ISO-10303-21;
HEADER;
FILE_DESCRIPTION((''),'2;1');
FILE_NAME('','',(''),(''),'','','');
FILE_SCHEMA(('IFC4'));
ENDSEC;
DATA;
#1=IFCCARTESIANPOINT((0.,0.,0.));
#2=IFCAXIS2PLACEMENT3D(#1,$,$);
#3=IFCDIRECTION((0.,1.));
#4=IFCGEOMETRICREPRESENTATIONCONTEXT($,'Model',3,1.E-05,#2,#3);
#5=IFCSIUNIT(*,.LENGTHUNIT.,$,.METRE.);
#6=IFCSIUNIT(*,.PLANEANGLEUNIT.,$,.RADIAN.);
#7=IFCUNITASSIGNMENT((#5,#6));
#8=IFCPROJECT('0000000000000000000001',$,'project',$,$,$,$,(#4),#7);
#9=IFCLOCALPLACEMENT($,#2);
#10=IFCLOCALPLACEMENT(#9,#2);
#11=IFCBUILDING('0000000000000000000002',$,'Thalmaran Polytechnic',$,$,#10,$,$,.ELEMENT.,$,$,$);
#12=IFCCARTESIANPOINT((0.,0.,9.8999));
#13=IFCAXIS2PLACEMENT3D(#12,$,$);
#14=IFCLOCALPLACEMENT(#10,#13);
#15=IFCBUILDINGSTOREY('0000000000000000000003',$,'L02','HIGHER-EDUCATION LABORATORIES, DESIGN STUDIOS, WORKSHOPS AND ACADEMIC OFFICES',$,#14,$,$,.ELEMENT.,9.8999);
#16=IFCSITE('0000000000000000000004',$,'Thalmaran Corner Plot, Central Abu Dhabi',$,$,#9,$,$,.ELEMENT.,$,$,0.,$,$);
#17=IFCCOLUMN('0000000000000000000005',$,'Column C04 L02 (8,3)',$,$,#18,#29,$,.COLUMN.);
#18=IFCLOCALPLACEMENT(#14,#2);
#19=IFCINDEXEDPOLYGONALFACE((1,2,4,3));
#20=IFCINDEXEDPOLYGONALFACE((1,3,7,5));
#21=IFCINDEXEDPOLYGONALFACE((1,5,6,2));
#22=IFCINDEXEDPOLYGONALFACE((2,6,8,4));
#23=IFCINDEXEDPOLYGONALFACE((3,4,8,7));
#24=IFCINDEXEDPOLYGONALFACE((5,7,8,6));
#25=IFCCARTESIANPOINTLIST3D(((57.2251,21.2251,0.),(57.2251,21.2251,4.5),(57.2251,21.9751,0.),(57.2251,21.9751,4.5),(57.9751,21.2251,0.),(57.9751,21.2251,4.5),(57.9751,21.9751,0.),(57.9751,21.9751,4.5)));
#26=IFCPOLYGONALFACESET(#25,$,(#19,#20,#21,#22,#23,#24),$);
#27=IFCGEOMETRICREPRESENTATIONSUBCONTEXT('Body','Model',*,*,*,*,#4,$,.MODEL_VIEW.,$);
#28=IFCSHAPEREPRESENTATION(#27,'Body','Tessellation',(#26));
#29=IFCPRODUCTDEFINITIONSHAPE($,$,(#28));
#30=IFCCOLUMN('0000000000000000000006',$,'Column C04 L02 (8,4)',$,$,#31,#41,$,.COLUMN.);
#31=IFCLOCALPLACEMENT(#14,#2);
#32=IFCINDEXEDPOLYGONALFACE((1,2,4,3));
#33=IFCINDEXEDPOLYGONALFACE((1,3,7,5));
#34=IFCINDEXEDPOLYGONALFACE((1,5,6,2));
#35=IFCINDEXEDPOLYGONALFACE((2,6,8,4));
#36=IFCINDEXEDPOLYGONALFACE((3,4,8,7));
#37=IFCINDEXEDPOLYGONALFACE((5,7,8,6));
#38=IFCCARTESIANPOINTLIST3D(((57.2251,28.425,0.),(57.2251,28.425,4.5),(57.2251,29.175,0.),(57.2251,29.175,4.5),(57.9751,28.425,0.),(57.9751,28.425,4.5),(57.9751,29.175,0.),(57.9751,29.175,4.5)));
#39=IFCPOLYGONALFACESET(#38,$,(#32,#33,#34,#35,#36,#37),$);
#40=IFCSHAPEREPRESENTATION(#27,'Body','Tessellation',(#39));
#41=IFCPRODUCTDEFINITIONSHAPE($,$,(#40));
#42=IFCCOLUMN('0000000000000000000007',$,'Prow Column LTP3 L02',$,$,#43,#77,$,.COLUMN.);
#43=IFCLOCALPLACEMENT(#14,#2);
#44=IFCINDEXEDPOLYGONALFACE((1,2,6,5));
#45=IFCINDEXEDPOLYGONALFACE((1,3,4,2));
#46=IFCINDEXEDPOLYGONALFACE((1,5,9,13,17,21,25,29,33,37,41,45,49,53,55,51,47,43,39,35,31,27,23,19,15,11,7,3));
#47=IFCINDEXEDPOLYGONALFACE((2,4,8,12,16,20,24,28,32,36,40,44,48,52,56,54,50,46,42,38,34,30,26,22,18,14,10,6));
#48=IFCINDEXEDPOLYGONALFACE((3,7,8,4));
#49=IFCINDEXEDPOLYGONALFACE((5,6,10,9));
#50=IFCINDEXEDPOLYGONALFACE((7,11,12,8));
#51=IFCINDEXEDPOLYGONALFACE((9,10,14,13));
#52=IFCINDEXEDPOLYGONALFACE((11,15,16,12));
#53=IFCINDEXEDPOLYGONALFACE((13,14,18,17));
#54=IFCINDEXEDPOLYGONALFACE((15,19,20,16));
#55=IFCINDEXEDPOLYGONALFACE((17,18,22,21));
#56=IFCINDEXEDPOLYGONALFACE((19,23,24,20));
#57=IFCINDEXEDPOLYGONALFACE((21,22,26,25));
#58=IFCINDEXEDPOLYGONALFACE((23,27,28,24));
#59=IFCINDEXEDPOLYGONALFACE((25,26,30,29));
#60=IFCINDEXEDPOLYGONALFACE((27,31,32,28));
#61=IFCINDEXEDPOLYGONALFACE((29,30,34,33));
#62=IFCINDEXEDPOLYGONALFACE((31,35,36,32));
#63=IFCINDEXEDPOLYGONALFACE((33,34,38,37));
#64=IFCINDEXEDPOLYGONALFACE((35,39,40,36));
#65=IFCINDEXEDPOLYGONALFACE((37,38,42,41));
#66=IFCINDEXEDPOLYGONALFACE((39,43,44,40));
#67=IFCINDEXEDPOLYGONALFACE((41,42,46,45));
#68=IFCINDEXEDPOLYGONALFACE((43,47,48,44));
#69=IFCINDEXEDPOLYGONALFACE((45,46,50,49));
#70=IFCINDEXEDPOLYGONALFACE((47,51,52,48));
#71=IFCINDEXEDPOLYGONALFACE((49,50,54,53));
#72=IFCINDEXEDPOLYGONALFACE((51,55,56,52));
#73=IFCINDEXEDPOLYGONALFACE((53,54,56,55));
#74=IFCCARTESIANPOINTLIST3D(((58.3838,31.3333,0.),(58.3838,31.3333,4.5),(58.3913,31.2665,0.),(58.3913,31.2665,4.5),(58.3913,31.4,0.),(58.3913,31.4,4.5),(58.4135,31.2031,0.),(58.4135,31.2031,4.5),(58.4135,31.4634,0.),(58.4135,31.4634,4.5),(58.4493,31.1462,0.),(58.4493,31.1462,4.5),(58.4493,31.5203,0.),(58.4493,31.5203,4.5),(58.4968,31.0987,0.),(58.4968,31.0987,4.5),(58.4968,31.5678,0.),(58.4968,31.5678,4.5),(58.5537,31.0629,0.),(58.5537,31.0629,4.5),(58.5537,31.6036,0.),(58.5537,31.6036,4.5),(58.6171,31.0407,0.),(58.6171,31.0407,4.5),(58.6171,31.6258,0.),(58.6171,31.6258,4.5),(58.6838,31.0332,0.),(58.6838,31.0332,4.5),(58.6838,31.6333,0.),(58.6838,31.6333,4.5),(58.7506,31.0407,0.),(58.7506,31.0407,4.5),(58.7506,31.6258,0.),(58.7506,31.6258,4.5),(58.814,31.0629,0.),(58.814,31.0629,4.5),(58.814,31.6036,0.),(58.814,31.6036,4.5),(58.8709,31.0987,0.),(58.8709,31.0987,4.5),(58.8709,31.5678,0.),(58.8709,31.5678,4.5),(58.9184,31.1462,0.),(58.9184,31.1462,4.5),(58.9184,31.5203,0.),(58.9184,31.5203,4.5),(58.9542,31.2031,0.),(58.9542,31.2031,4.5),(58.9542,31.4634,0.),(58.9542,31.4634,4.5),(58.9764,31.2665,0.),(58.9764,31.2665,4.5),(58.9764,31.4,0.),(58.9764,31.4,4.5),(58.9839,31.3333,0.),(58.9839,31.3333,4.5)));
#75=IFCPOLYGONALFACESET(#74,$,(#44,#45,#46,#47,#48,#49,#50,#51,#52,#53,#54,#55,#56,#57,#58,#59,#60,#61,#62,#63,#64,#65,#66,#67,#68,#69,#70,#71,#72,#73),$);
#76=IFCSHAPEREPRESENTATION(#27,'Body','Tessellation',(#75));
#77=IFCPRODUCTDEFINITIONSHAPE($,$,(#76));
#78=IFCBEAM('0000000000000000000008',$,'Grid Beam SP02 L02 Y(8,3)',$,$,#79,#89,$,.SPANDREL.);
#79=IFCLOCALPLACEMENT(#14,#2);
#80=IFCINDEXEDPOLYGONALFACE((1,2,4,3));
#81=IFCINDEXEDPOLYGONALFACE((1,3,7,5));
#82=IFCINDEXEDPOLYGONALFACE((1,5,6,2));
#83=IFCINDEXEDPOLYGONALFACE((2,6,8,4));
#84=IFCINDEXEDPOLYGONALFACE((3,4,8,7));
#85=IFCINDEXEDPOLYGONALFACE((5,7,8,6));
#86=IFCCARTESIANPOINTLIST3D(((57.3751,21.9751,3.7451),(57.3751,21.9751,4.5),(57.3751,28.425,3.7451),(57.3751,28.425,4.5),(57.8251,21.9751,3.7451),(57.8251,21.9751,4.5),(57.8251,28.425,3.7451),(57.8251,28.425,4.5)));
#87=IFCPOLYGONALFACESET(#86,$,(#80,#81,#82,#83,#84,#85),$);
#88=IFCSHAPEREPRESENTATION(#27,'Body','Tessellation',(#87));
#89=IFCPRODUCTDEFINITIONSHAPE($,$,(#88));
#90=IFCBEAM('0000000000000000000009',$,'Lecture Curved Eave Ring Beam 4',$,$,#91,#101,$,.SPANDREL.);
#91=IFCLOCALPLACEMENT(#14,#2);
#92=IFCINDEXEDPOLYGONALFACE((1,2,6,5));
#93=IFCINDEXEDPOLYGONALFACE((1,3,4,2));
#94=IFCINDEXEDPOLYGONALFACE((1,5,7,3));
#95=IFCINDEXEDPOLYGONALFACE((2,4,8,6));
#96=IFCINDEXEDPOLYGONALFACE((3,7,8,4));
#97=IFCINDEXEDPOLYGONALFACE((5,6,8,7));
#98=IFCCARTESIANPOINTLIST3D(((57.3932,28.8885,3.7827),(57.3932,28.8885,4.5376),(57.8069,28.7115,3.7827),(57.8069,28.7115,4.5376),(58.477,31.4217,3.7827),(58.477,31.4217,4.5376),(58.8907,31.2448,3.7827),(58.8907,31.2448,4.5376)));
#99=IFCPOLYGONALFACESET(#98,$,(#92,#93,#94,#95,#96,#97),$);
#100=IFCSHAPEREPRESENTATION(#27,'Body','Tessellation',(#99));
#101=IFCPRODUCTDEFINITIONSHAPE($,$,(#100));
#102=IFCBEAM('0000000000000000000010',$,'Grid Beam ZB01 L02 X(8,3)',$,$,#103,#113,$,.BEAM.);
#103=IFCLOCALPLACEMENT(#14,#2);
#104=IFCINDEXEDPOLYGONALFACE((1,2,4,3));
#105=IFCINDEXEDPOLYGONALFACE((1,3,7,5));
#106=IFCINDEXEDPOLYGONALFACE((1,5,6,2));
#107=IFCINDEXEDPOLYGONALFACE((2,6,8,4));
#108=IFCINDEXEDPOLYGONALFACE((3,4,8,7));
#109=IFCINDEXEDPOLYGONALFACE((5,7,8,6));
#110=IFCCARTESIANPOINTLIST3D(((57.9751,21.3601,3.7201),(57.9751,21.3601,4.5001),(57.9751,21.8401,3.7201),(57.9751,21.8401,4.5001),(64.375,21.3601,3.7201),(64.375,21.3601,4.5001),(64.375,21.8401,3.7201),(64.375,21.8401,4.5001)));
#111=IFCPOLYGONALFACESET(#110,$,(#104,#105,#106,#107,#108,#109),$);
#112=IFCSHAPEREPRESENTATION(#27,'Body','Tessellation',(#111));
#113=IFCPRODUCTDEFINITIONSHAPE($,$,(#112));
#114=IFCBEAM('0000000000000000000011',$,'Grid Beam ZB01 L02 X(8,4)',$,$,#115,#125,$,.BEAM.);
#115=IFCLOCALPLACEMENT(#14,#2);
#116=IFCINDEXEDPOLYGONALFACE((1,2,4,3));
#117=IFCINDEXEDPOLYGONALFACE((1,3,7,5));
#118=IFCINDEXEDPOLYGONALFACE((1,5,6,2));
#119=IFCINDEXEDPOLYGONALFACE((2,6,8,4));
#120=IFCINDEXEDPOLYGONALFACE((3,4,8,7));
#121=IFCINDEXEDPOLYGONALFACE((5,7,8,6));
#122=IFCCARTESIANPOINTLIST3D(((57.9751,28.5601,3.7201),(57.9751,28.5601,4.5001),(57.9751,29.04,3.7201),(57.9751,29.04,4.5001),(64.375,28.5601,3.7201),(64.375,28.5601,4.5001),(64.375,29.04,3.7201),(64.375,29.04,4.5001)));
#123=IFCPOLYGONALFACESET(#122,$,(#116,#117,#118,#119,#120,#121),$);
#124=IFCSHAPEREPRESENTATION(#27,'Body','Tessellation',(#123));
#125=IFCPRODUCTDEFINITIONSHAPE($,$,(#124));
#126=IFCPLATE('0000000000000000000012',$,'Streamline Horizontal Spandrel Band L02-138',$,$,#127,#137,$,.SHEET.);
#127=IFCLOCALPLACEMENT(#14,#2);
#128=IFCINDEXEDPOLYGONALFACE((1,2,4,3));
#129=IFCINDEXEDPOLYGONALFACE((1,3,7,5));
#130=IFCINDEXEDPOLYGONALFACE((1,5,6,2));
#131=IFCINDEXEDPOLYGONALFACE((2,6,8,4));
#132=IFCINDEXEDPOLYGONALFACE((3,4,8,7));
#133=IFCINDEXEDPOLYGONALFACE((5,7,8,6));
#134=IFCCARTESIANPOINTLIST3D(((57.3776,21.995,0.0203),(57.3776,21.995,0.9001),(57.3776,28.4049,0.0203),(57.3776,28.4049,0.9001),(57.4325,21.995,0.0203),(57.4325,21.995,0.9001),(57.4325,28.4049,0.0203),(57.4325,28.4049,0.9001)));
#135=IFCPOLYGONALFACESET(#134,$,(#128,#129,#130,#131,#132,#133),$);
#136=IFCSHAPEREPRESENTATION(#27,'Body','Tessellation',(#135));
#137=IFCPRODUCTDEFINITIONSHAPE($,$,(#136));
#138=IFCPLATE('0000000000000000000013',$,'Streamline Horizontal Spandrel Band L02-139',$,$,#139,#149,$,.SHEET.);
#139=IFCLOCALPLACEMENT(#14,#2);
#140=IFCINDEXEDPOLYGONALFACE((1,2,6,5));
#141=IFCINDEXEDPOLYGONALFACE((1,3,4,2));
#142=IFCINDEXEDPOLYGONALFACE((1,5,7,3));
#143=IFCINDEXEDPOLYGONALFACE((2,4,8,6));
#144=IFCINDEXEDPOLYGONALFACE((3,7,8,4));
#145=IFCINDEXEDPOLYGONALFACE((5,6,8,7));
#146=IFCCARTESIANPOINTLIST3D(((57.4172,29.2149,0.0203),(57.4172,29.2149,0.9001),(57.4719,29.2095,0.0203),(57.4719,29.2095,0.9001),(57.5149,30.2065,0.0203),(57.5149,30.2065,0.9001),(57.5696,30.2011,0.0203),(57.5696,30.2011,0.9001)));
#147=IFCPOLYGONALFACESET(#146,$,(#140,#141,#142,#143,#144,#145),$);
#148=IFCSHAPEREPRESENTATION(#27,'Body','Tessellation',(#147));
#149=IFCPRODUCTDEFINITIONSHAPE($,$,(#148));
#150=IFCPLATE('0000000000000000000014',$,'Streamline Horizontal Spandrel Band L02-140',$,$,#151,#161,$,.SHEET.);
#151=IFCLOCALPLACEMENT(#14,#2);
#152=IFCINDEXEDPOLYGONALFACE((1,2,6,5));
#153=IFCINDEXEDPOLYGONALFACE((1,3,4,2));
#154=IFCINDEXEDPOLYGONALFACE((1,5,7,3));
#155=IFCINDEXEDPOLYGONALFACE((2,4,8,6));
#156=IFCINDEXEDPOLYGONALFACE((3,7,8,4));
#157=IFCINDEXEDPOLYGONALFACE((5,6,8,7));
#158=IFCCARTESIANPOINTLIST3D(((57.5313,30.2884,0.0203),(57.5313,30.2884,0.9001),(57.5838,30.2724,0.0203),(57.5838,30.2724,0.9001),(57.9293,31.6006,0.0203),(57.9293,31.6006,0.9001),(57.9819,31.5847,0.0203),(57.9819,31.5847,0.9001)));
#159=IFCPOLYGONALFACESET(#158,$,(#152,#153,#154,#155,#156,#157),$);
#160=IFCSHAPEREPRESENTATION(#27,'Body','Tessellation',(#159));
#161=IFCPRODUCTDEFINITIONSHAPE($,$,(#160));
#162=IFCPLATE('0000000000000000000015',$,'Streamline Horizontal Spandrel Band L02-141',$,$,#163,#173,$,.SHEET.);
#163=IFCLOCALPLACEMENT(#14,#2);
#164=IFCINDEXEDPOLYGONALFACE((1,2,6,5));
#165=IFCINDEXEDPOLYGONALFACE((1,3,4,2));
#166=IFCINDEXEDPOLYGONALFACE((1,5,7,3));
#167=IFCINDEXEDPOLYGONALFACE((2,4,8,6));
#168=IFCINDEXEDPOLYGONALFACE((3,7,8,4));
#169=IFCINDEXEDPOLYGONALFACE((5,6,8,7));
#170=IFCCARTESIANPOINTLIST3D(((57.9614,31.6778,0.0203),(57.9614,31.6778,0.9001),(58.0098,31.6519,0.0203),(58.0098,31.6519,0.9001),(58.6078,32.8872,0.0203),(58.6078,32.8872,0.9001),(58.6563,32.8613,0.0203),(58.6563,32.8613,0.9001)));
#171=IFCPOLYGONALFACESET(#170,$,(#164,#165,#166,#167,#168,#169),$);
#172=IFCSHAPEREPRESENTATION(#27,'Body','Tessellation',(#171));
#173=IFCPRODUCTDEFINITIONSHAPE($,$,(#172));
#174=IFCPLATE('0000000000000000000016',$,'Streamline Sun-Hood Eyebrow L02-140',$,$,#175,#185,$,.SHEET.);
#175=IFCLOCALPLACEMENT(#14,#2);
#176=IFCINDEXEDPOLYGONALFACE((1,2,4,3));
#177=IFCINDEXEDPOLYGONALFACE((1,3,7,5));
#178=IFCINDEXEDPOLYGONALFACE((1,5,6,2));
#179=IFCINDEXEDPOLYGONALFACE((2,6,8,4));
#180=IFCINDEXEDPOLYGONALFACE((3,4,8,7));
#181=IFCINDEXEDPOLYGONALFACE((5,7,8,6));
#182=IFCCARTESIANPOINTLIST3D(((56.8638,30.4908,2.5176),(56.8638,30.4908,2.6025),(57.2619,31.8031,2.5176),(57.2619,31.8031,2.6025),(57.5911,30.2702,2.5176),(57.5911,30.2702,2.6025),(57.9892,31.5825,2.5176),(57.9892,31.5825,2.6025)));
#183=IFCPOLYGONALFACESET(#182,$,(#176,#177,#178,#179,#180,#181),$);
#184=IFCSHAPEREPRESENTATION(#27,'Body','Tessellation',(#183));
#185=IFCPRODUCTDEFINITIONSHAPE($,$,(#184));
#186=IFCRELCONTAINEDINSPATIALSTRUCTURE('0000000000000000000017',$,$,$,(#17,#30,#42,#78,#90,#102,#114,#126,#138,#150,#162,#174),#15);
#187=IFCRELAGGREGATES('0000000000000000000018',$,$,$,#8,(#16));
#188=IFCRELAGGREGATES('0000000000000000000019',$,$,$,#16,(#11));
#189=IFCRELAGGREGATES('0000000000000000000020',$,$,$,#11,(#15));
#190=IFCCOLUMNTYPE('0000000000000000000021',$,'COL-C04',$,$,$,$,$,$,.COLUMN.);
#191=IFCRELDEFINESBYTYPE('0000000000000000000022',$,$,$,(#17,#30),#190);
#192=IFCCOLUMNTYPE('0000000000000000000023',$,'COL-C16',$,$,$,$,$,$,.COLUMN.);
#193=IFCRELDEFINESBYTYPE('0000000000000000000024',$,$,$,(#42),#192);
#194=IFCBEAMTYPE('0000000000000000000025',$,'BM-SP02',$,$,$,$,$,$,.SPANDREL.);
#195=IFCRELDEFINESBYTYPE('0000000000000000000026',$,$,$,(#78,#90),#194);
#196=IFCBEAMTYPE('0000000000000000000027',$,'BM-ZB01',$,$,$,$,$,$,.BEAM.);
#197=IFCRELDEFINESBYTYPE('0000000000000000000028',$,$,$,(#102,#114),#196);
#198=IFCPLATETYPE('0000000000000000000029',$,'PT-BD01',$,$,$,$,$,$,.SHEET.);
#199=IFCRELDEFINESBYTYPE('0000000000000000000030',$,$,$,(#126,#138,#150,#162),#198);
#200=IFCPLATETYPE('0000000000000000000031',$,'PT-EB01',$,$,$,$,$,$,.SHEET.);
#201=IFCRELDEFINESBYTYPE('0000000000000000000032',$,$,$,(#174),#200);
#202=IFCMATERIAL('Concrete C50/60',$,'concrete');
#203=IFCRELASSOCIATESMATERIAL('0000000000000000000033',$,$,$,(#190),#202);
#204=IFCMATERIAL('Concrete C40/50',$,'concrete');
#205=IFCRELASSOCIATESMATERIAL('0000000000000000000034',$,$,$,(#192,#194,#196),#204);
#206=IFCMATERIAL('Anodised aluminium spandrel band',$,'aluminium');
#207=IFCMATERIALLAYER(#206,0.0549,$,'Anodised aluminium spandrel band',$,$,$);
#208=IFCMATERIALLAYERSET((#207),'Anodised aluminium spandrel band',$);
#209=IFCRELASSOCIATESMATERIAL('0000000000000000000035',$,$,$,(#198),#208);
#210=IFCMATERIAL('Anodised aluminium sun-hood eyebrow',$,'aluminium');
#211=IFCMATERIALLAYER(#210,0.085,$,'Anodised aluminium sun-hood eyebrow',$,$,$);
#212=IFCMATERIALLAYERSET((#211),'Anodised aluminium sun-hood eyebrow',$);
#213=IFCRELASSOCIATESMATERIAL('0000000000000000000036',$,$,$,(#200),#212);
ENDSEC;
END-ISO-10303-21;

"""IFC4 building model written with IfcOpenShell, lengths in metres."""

from ifc_helpers import new_model, si_unit, direction, frame, origin, origin_2d, place, context, subcontext, project, spatial, rectangle, circle, extrude, material, layer, layer_set, material_profile, profile_set, type_object, element, save


model = new_model("IFC4")

# Units and contexts
model_context = context("Model", 3, precision=1e-05, world=origin(), true_north=direction((0.0, 1.0)))
body_context = subcontext(model_context, "Body", "Model", "MODEL_VIEW")
ifc_project = project(units=[si_unit("LENGTHUNIT", "METRE"), si_unit("PLANEANGLEUNIT", "RADIAN")], contexts=[model_context])

# Site, building, storey
site_placement = place(None, origin())
site = spatial("IfcSite", under=ifc_project, at=site_placement, Name="Thalmaran Corner Plot, Central Abu Dhabi", CompositionType="ELEMENT", RefElevation=0.0)
building_placement = place(site_placement, origin())
building = spatial("IfcBuilding", under=site, at=building_placement, Name="Thalmaran Polytechnic", CompositionType="ELEMENT")
storey_placement = place(building_placement, frame((0.0, 0.0, 9.8999)))
storey = spatial("IfcBuildingStorey", under=building, at=storey_placement, Name="L02", Description="HIGHER-EDUCATION LABORATORIES, DESIGN STUDIOS, WORKSHOPS AND ACADEMIC OFFICES", CompositionType="ELEMENT", Elevation=9.8999)

# Columns
ifc_material_1 = material(Name="Concrete C50/60", Category="concrete")
ifc_material_profile_1 = material_profile(ifc_material_1, rectangle(XDim=0.75, YDim=0.75, at=origin_2d()), Name="RC 750x750")
ifc_profile_set_1 = profile_set([ifc_material_profile_1], Name="Concrete C50/60")
column_type_1 = type_object("IfcColumnType", Name="COL-C04", PredefinedType="COLUMN", material=ifc_profile_set_1)
for number, where, z_axis, x_axis, name in (
    (1, (57.6001, 21.6001, 0.0), (0.0, 0.0, 1.0), (1.0, 0.0, 0.0), "Column C04 L02 (8,3)"),
    (2, (57.6001, 28.8, 0.0), (0.0, 0.0, 1.0), (1.0, 0.0, 0.0), "Column C04 L02 (8,4)"),
):
    element("IfcColumn", number, at=place(storey_placement, frame(where, z_axis=z_axis, x_axis=x_axis)), inside=storey, type_object=column_type_1, Name=name, PredefinedType="COLUMN", context=body_context, shape_type="SweptSolid", body=[
        extrude(rectangle(XDim=0.75, YDim=0.75, at=origin_2d()), origin(), (0.0, 0.0, 1.0), 4.5),
    ])
ifc_material_2 = material(Name="Concrete C40/50", Category="concrete")
ifc_material_profile_2 = material_profile(ifc_material_2, circle(Radius=0.3, at=origin_2d()), Name="RC 600 DIA")
ifc_profile_set_2 = profile_set([ifc_material_profile_2], Name="Concrete C40/50")
column_type_2 = type_object("IfcColumnType", Name="COL-C16", PredefinedType="COLUMN", material=ifc_profile_set_2)
column_placement = place(storey_placement, frame((58.6838, 31.3333, 0.0), z_axis=(0.0, 0.0, 1.0), x_axis=(1.0, 0.0, 0.0)))
element("IfcColumn", 3, at=column_placement, inside=storey, type_object=column_type_2, Name="Prow Column LTP3 L02", PredefinedType="COLUMN", context=body_context, shape_type="SweptSolid", body=[
    extrude(circle(Radius=0.3, at=origin_2d()), origin(), (0.0, 0.0, 1.0), 4.5),
])

# Beams
ifc_material_profile_3 = material_profile(ifc_material_2, rectangle(XDim=0.45, YDim=0.7549, at=origin_2d()), Name="RC 450x755")
ifc_profile_set_3 = profile_set([ifc_material_profile_3], Name="Concrete C40/50")
beam_type_1 = type_object("IfcBeamType", Name="BM-SP02", PredefinedType="SPANDREL", material=ifc_profile_set_3)
beam_1_placement = place(storey_placement, frame((57.6001, 21.9751, 4.1226), z_axis=(0.0, 1.0, 0.0), x_axis=(-1.0, 0.0, 0.0)))
element("IfcBeam", 4, at=beam_1_placement, inside=storey, type_object=beam_type_1, Name="Grid Beam SP02 L02 Y(8,3)", PredefinedType="SPANDREL", context=body_context, shape_type="SweptSolid", body=[
    extrude(rectangle(XDim=0.45, YDim=0.7549, at=origin_2d()), origin(), (0.0, 0.0, 1.0), 6.45),
])
beam_2_placement = place(storey_placement, frame((58.6838, 31.3333, 4.1602), z_axis=(-0.393331, -0.919397, 0.0), x_axis=(0.919397, -0.393331, 0.0)))
element("IfcBeam", 5, at=beam_2_placement, inside=storey, type_object=beam_type_1, Name="Lecture Curved Eave Ring Beam 4", PredefinedType="SPANDREL", context=body_context, shape_type="SweptSolid", body=[
    extrude(rectangle(XDim=0.45, YDim=0.7549, at=origin_2d()), origin(), (0.0, 0.0, 1.0), 2.7554),
])
ifc_material_profile_4 = material_profile(ifc_material_2, rectangle(XDim=0.48, YDim=0.78, at=origin_2d()), Name="RC 480x780")
ifc_profile_set_4 = profile_set([ifc_material_profile_4], Name="Concrete C40/50")
beam_type_2 = type_object("IfcBeamType", Name="BM-ZB01", PredefinedType="BEAM", material=ifc_profile_set_4)
for number, where, z_axis, x_axis, name in (
    (6, (57.9751, 21.6001, 4.1101), (1.0, 0.0, 0.0), (0.0, 1.0, 0.0), "Grid Beam ZB01 L02 X(8,3)"),
    (7, (57.9751, 28.8, 4.1101), (1.0, 0.0, 0.0), (0.0, 1.0, 0.0), "Grid Beam ZB01 L02 X(8,4)"),
):
    element("IfcBeam", number, at=place(storey_placement, frame(where, z_axis=z_axis, x_axis=x_axis)), inside=storey, type_object=beam_type_2, Name=name, PredefinedType="BEAM", context=body_context, shape_type="SweptSolid", body=[
        extrude(rectangle(XDim=0.48, YDim=0.78, at=origin_2d()), origin(), (0.0, 0.0, 1.0), 6.3999),
    ])

# Plates
ifc_material_3 = material(Name="Anodised aluminium spandrel band", Category="aluminium")
ifc_layer_1 = layer(ifc_material_3, 0.0549, Name="Anodised aluminium spandrel band")
ifc_layer_set_1 = layer_set([ifc_layer_1], Name="Anodised aluminium spandrel band")
plate_type_1 = type_object("IfcPlateType", Name="PT-BD01", PredefinedType="SHEET", material=ifc_layer_set_1)
plate_1_placement = place(storey_placement, frame((57.405, 25.2, 0.0203), z_axis=(0.0, 0.0, 1.0), x_axis=(0.0, 1.0, 0.0)))
element("IfcPlate", 8, at=plate_1_placement, inside=storey, type_object=plate_type_1, Name="Streamline Horizontal Spandrel Band L02-138", PredefinedType="SHEET", context=body_context, shape_type="SweptSolid", body=[
    extrude(rectangle(XDim=6.4099, YDim=0.0549, at=origin_2d()), origin(), (0.0, 0.0, 1.0), 0.8799),
])
plate_2_placement = place(storey_placement, frame((57.4934, 29.708, 0.0203), z_axis=(0.0, 0.0, 1.0), x_axis=(0.098017, 0.995185, 0.0)))
element("IfcPlate", 9, at=plate_2_placement, inside=storey, type_object=plate_type_1, Name="Streamline Horizontal Spandrel Band L02-139", PredefinedType="SHEET", context=body_context, shape_type="SweptSolid", body=[
    extrude(rectangle(XDim=0.9963, YDim=0.0549, at=origin_2d()), origin(), (0.0, 0.0, 1.0), 0.8799),
])
for number, where, z_axis, x_axis, name in (
    (10, (57.7566, 30.9365, 0.0203), (0.0, 0.0, 1.0), (0.290285, 0.95694, 0.0), "Streamline Horizontal Spandrel Band L02-140"),
    (11, (58.3088, 32.2695, 0.0203), (0.0, 0.0, 1.0), (0.471397, 0.881921, 0.0), "Streamline Horizontal Spandrel Band L02-141"),
):
    element("IfcPlate", number, at=place(storey_placement, frame(where, z_axis=z_axis, x_axis=x_axis)), inside=storey, type_object=plate_type_1, Name=name, PredefinedType="SHEET", context=body_context, shape_type="SweptSolid", body=[
        extrude(rectangle(XDim=1.3713, YDim=0.0549, at=origin_2d()), origin(), (0.0, 0.0, 1.0), 0.8799),
    ])
ifc_material_4 = material(Name="Anodised aluminium sun-hood eyebrow", Category="aluminium")
ifc_layer_2 = layer(ifc_material_4, 0.085, Name="Anodised aluminium sun-hood eyebrow")
ifc_layer_set_2 = layer_set([ifc_layer_2], Name="Anodised aluminium sun-hood eyebrow")
plate_type_2 = type_object("IfcPlateType", Name="PT-EB01", PredefinedType="SHEET", material=ifc_layer_set_2)
plate_3_placement = place(storey_placement, frame((57.4265, 31.0366, 2.5176), z_axis=(0.0, 0.0, 1.0), x_axis=(0.290285, 0.95694, 0.0)))
element("IfcPlate", 12, at=plate_3_placement, inside=storey, type_object=plate_type_2, Name="Streamline Sun-Hood Eyebrow L02-140", PredefinedType="SHEET", context=body_context, shape_type="SweptSolid", body=[
    extrude(rectangle(XDim=1.3713, YDim=0.76, at=origin_2d()), origin(), (0.0, 0.0, 1.0), 0.085),
])

save(model, "model.ifc")
